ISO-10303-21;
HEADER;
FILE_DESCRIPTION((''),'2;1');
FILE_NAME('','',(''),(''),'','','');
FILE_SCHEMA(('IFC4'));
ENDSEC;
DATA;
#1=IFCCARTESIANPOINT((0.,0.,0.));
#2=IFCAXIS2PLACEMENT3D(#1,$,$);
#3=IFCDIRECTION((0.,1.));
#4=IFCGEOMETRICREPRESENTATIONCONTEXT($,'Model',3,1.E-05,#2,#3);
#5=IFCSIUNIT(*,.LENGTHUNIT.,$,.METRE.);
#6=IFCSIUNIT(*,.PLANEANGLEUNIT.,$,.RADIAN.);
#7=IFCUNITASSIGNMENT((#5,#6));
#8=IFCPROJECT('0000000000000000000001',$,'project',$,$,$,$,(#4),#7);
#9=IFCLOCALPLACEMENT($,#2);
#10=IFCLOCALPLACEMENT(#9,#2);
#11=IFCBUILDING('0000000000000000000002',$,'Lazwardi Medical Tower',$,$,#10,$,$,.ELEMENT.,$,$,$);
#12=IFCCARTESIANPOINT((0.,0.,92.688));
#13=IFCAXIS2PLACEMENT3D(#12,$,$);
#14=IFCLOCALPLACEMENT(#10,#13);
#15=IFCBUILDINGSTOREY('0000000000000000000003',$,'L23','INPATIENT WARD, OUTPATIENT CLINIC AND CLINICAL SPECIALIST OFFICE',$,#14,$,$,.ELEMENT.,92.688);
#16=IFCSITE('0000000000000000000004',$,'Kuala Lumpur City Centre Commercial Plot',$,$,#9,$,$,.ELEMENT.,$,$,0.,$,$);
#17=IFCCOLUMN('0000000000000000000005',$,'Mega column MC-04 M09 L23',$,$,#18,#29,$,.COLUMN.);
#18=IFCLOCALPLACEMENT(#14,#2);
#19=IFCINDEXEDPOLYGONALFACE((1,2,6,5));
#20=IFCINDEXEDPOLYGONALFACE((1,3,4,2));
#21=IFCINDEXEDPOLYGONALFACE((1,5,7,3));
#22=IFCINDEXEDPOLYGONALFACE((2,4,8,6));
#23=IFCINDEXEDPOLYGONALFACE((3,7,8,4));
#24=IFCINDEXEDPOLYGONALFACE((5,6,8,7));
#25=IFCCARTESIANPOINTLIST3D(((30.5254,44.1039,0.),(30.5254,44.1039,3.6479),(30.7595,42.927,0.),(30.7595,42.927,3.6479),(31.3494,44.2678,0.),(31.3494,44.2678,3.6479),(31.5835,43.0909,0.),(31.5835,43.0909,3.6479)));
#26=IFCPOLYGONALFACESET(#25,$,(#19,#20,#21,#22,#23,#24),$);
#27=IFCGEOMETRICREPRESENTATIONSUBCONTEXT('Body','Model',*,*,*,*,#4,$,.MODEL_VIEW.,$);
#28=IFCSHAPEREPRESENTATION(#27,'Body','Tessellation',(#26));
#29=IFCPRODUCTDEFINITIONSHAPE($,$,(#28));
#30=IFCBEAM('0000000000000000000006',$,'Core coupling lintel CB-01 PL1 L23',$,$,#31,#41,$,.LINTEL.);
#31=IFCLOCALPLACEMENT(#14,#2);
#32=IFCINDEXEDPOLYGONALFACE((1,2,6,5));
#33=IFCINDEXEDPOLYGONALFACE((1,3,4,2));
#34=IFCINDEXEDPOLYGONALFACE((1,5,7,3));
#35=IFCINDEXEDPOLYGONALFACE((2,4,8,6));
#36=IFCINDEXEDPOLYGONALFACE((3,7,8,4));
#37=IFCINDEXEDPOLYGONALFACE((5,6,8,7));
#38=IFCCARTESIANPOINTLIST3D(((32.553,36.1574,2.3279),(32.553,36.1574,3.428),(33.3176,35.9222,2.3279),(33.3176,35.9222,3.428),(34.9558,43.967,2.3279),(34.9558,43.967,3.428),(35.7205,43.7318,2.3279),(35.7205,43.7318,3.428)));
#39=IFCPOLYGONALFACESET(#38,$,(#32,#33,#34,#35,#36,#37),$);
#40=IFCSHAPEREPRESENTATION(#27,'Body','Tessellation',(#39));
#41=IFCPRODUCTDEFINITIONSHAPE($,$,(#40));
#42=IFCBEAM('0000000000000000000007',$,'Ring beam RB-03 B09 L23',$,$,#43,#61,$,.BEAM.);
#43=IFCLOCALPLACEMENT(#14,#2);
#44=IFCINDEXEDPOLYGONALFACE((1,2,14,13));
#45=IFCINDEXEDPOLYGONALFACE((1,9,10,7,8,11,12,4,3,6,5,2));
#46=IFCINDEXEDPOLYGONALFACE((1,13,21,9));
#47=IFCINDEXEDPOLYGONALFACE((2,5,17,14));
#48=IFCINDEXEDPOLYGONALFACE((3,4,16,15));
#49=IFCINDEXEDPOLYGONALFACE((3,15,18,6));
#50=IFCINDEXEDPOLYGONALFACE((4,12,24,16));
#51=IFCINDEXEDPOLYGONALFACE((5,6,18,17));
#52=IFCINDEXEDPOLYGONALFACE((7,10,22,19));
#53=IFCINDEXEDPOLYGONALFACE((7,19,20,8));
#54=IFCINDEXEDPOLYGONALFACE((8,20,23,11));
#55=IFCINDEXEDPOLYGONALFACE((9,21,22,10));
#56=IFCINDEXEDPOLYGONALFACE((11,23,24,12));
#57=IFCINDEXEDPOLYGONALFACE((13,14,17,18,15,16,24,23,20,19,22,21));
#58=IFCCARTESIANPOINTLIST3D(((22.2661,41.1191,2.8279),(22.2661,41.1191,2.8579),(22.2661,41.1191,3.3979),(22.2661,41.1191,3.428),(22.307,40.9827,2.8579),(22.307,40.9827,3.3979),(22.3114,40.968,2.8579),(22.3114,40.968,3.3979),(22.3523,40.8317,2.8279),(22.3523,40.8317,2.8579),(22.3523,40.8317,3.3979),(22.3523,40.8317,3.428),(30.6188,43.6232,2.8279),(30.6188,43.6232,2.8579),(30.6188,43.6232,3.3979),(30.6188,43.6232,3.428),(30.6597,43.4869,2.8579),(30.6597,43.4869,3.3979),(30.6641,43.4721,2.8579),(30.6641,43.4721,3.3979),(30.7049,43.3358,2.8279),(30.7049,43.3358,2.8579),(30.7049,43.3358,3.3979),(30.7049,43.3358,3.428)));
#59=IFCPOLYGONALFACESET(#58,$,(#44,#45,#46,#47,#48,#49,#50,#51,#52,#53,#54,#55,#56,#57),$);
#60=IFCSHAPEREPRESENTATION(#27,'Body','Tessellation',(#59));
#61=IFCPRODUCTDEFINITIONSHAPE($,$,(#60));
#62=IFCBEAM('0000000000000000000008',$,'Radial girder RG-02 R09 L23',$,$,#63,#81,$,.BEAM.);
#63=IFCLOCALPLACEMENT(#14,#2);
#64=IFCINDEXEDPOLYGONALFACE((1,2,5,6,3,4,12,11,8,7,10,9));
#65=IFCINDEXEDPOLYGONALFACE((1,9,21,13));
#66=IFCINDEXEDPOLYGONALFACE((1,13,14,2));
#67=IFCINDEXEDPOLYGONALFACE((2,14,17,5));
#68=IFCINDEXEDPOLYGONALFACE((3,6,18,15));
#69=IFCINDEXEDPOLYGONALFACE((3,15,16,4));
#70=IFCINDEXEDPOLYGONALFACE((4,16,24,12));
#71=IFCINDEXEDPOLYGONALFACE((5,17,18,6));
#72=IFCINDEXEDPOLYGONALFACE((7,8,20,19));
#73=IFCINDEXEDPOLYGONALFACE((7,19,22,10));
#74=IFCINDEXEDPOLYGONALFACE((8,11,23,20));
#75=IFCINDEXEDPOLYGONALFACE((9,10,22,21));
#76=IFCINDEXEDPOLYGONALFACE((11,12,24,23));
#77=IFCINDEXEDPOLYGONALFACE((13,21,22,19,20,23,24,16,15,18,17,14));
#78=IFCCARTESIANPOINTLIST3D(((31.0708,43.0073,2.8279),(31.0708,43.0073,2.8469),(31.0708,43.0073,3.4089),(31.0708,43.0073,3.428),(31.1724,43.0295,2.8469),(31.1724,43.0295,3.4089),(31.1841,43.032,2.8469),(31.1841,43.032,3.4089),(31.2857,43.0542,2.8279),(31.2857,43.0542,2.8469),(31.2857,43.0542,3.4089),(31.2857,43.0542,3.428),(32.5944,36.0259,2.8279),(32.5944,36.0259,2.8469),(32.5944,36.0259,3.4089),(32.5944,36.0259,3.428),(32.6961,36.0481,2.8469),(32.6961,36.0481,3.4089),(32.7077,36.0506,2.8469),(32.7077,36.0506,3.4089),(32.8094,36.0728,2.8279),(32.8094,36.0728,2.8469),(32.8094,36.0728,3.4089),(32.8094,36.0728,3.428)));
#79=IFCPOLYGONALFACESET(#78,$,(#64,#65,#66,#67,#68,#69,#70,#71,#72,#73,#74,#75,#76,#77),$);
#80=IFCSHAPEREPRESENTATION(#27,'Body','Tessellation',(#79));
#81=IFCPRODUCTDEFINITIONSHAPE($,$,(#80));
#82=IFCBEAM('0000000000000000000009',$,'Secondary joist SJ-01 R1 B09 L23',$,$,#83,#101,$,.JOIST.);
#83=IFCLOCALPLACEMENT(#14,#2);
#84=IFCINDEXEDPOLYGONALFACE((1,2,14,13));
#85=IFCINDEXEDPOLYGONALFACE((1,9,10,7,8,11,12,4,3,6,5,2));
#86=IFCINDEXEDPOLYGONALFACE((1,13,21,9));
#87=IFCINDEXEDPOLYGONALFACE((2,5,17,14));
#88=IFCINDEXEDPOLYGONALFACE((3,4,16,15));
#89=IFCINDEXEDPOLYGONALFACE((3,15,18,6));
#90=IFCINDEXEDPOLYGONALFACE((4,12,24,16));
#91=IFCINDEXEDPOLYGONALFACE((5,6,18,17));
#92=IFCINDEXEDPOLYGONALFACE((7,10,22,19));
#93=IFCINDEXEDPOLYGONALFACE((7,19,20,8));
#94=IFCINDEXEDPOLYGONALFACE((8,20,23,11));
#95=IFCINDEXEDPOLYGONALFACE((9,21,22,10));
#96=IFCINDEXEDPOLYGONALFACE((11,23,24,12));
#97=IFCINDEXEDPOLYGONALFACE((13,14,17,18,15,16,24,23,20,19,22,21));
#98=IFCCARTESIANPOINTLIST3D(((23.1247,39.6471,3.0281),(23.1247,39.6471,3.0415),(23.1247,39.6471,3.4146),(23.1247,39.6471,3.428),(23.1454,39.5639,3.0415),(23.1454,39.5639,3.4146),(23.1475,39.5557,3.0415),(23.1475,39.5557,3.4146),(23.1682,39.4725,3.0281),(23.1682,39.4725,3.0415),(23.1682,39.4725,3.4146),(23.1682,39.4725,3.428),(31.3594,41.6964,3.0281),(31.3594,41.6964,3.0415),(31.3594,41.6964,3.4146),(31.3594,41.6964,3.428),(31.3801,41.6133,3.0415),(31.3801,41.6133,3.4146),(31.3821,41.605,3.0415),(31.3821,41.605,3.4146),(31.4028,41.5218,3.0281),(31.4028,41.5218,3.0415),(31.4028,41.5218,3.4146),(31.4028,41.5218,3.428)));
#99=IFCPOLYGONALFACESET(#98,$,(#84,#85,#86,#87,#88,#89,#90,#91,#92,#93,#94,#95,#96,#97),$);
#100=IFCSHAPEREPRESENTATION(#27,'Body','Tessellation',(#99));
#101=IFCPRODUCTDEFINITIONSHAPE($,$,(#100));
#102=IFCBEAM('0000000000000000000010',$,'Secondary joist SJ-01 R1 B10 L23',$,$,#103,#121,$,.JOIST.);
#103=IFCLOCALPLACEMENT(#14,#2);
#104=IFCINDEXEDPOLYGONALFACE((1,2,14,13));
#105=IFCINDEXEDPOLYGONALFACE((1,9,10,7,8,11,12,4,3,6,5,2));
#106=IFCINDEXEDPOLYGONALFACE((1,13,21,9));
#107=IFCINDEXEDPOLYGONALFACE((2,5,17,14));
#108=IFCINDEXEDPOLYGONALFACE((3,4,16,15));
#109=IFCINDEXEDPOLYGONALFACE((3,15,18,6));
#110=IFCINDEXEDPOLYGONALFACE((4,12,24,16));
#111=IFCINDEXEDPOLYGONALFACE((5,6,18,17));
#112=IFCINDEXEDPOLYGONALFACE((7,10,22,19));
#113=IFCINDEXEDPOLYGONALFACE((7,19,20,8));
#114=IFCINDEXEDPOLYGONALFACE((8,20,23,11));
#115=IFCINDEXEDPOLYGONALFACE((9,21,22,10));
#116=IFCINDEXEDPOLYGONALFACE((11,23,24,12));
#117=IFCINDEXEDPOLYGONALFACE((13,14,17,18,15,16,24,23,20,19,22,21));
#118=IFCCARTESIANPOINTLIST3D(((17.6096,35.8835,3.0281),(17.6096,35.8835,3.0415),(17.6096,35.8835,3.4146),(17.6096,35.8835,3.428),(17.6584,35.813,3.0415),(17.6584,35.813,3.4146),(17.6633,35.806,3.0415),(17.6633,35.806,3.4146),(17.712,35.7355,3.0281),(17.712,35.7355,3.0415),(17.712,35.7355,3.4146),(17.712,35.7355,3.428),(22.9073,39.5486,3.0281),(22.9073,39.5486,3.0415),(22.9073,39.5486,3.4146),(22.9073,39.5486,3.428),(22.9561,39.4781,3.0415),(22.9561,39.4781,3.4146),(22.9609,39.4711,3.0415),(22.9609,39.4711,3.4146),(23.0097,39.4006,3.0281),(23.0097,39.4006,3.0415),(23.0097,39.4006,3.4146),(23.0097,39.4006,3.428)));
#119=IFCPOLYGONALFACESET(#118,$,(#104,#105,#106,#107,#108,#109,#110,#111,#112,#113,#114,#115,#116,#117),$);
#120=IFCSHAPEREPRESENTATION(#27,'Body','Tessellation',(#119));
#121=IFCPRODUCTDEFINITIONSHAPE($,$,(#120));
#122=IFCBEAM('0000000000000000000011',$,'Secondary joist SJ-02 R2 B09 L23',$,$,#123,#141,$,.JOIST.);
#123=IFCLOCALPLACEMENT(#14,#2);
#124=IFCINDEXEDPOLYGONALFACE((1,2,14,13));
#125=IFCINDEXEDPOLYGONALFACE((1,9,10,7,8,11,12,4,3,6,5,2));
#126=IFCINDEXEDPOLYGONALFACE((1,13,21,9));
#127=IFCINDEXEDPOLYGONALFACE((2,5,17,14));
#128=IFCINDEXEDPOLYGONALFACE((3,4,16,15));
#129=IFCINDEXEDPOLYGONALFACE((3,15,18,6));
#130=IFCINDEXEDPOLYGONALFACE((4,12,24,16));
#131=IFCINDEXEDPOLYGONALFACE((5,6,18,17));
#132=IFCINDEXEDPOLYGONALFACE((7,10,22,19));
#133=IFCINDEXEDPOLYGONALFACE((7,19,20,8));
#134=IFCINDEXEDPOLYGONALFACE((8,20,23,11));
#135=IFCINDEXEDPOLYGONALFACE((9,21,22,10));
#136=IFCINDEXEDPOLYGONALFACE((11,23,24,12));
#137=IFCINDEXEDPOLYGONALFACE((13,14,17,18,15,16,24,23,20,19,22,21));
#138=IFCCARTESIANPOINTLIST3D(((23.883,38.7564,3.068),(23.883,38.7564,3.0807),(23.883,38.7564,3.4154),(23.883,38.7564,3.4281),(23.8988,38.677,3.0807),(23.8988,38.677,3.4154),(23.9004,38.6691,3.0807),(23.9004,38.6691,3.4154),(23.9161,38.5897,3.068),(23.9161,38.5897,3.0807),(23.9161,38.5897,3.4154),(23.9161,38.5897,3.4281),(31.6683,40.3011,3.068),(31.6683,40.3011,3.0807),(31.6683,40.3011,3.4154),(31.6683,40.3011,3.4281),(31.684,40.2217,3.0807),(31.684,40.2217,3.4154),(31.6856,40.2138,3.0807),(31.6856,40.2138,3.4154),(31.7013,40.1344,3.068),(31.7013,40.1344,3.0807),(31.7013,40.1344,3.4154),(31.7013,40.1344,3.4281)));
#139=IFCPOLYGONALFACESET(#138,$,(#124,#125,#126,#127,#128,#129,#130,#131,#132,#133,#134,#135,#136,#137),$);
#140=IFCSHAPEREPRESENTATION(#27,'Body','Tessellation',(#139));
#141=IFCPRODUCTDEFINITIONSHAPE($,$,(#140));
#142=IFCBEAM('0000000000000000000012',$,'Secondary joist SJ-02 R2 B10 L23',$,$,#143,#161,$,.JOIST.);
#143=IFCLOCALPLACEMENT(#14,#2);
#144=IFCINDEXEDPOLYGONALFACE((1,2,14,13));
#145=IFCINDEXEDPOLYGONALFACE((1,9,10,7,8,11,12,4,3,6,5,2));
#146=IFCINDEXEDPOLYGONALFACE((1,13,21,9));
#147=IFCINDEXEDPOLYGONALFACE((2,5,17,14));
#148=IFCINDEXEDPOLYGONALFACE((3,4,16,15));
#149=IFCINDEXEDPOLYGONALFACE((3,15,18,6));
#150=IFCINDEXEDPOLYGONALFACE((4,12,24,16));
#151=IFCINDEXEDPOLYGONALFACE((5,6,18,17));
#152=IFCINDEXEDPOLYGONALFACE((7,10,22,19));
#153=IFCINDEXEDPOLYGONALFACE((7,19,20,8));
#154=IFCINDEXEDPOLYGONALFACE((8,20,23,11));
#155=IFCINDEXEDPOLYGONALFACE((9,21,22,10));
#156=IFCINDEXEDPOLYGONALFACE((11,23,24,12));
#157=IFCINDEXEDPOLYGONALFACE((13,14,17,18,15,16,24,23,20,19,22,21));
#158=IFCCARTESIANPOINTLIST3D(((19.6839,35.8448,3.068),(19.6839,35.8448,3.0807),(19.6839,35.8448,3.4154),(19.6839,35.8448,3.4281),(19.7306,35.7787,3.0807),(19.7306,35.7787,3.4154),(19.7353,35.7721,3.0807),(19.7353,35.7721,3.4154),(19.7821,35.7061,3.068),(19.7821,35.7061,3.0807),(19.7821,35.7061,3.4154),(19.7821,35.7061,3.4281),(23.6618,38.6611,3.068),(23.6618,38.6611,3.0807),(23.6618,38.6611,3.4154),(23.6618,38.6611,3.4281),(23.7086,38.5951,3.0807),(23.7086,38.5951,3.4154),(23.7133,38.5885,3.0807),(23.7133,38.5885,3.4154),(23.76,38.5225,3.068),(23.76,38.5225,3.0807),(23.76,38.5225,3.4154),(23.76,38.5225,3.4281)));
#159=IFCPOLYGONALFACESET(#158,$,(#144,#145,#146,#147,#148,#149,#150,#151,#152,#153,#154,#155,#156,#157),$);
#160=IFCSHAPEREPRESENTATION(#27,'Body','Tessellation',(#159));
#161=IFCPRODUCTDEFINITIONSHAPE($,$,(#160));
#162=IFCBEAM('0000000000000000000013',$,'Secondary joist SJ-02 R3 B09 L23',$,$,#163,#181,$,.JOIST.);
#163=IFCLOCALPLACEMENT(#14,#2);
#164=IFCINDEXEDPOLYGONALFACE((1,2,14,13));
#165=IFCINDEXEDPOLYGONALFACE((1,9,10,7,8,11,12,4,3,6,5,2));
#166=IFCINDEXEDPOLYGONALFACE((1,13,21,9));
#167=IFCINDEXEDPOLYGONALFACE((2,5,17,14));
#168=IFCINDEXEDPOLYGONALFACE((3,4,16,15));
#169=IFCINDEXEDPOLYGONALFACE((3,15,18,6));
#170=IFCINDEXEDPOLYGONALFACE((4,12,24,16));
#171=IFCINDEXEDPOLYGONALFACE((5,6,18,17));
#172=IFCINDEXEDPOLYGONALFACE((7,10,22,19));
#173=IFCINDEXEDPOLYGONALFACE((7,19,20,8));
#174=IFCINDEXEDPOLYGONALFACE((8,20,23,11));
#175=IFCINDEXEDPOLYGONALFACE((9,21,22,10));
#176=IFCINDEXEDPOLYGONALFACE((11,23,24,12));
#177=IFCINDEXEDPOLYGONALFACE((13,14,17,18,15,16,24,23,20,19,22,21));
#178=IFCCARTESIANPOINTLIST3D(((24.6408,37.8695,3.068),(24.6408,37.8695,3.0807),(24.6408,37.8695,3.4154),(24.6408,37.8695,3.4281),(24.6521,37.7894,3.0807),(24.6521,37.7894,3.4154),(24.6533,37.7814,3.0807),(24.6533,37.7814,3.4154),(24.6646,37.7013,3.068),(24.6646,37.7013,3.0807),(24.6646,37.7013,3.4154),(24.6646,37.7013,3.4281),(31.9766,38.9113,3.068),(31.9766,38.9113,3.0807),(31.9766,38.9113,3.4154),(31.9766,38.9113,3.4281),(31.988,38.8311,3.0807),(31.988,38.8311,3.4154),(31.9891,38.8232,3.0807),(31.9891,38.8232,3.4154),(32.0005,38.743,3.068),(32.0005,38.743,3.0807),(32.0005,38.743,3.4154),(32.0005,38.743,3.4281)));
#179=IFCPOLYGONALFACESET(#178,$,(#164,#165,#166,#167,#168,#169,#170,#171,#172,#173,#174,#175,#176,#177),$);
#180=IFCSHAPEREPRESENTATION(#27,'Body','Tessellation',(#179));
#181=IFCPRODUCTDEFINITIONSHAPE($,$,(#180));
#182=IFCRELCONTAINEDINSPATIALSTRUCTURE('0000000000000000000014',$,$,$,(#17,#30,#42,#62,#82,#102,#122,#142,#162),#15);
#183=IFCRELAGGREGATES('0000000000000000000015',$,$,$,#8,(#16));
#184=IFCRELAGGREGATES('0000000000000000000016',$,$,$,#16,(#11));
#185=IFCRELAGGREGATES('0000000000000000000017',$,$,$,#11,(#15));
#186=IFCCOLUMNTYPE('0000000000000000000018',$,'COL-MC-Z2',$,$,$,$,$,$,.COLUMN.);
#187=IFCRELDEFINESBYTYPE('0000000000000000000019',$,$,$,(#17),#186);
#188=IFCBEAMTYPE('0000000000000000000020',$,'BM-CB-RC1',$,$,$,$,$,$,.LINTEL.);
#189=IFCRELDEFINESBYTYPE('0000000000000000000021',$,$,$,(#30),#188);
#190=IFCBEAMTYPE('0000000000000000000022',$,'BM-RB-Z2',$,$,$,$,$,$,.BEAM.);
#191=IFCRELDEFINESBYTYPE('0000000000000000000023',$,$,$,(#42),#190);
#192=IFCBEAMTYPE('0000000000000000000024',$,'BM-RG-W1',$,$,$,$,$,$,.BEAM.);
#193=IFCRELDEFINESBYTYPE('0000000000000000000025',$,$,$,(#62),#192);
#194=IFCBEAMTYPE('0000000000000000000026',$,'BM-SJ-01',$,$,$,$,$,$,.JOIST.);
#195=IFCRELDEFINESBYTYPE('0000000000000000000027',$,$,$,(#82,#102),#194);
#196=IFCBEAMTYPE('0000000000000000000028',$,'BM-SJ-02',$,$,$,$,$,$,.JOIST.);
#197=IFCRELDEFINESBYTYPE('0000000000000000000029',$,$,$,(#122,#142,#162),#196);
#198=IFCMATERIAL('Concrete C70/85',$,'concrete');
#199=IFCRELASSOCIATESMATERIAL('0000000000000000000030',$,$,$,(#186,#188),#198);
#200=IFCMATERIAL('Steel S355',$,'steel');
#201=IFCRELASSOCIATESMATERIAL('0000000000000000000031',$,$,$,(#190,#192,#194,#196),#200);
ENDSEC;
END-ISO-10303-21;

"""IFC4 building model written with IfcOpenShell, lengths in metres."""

from ifc_helpers import new_model, si_unit, direction, frame, origin, origin_2d, place, context, subcontext, project, spatial, rectangle, i_section, extrude, material, material_profile, profile_set, type_object, element, save


model = new_model("IFC4")

# Units and contexts
model_context = context("Model", 3, precision=1e-05, world=origin(), true_north=direction((0.0, 1.0)))
body_context = subcontext(model_context, "Body", "Model", "MODEL_VIEW")
ifc_project = project(units=[si_unit("LENGTHUNIT", "METRE"), si_unit("PLANEANGLEUNIT", "RADIAN")], contexts=[model_context])

# Site, building, storey
site_placement = place(None, origin())
site = spatial("IfcSite", under=ifc_project, at=site_placement, Name="Kuala Lumpur City Centre Commercial Plot", CompositionType="ELEMENT", RefElevation=0.0)
building_placement = place(site_placement, origin())
building = spatial("IfcBuilding", under=site, at=building_placement, Name="Lazwardi Medical Tower", CompositionType="ELEMENT")
storey_placement = place(building_placement, frame((0.0, 0.0, 92.688)))
storey = spatial("IfcBuildingStorey", under=building, at=storey_placement, Name="L23", Description="INPATIENT WARD, OUTPATIENT CLINIC AND CLINICAL SPECIALIST OFFICE", CompositionType="ELEMENT", Elevation=92.688)

# Column
ifc_material_1 = material(Name="Concrete C70/85", Category="concrete")
ifc_material_profile_1 = material_profile(ifc_material_1, rectangle(XDim=1.2, YDim=0.8401, at=origin_2d()), Name="CFT-RECT 1200x840")
ifc_profile_set_1 = profile_set([ifc_material_profile_1], Name="Concrete C70/85")
column_type = type_object("IfcColumnType", Name="COL-MC-Z2", PredefinedType="COLUMN", material=ifc_profile_set_1)
column_placement = place(storey_placement, frame((31.0544, 43.5974, 0.0), z_axis=(0.0, 0.0, 1.0), x_axis=(-0.19509, 0.980785, 0.0)))
element("IfcColumn", 1, at=column_placement, inside=storey, type_object=column_type, Name="Mega column MC-04 M09 L23", PredefinedType="COLUMN", context=body_context, shape_type="SweptSolid", body=[
    extrude(rectangle(XDim=1.2, YDim=0.8401, at=origin_2d()), origin(), (0.0, 0.0, 1.0), 3.6479),
])

# Beams
ifc_material_profile_2 = material_profile(ifc_material_1, rectangle(XDim=0.8, YDim=1.1001, at=origin_2d()), Name="RC 800x1100")
ifc_profile_set_2 = profile_set([ifc_material_profile_2], Name="Concrete C70/85")
beam_type_1 = type_object("IfcBeamType", Name="BM-CB-RC1", PredefinedType="LINTEL", material=ifc_profile_set_2)
beam_1_placement = place(storey_placement, frame((32.9353, 36.0398, 2.8779), z_axis=(0.294073, 0.955783, 0.0), x_axis=(-0.955783, 0.294073, 0.0)))
element("IfcBeam", 2, at=beam_1_placement, inside=storey, type_object=beam_type_1, Name="Core coupling lintel CB-01 PL1 L23", PredefinedType="LINTEL", context=body_context, shape_type="SweptSolid", body=[
    extrude(rectangle(XDim=0.8, YDim=1.1001, at=origin_2d()), origin(), (0.0, 0.0, 1.0), 8.1709),
])
ifc_material_2 = material(Name="Steel S355", Category="steel")
ifc_material_profile_3 = material_profile(ifc_material_2, i_section(OverallWidth=0.3, OverallDepth=0.6001, WebThickness=0.0154, FlangeThickness=0.03, at=origin_2d()), Name="HEB 600")
ifc_profile_set_3 = profile_set([ifc_material_profile_3], Name="Steel S355")
beam_type_2 = type_object("IfcBeamType", Name="BM-RB-Z2", PredefinedType="BEAM", material=ifc_profile_set_3)
beam_2_placement = place(storey_placement, frame((30.6619, 43.4795, 3.1279), z_axis=(-0.957879, -0.287171, 0.0), x_axis=(0.287171, -0.957879, 0.0)))
element("IfcBeam", 3, at=beam_2_placement, inside=storey, type_object=beam_type_2, Name="Ring beam RB-03 B09 L23", PredefinedType="BEAM", context=body_context, shape_type="SweptSolid", body=[
    extrude(i_section(OverallWidth=0.3, OverallDepth=0.6001, WebThickness=0.0154, FlangeThickness=0.03, at=origin_2d()), origin(), (0.0, 0.0, 1.0), 8.72),
])
ifc_material_profile_4 = material_profile(ifc_material_2, i_section(OverallWidth=0.22, OverallDepth=0.6001, WebThickness=0.012, FlangeThickness=0.019, at=origin_2d()), Name="IPE 600")
ifc_profile_set_4 = profile_set([ifc_material_profile_4], Name="Steel S355")
beam_type_3 = type_object("IfcBeamType", Name="BM-RG-W1", PredefinedType="BEAM", material=ifc_profile_set_4)
beam_3_placement = place(storey_placement, frame((31.1782, 43.0308, 3.1279), z_axis=(0.213228, -0.977002, 0.0), x_axis=(0.977002, 0.213228, 0.0)))
element("IfcBeam", 4, at=beam_3_placement, inside=storey, type_object=beam_type_3, Name="Radial girder RG-02 R09 L23", PredefinedType="BEAM", context=body_context, shape_type="SweptSolid", body=[
    extrude(i_section(OverallWidth=0.22, OverallDepth=0.6001, WebThickness=0.012, FlangeThickness=0.019, at=origin_2d()), origin(), (0.0, 0.0, 1.0), 7.1458),
])
ifc_material_profile_5 = material_profile(ifc_material_2, i_section(OverallWidth=0.1799, OverallDepth=0.3999, WebThickness=0.0085, FlangeThickness=0.0134, at=origin_2d()), Name="IPE 400")
ifc_profile_set_5 = profile_set([ifc_material_profile_5], Name="Steel S355")
beam_type_4 = type_object("IfcBeamType", Name="BM-SJ-01", PredefinedType="JOIST", material=ifc_profile_set_5)
beam_4_placement = place(storey_placement, frame((31.3811, 41.6091, 3.228), z_axis=(-0.970401, -0.2415, 0.0), x_axis=(0.2415, -0.970401, 0.0)))
element("IfcBeam", 5, at=beam_4_placement, inside=storey, type_object=beam_type_4, Name="Secondary joist SJ-01 R1 B09 L23", PredefinedType="JOIST", context=body_context, shape_type="SweptSolid", body=[
    extrude(i_section(OverallWidth=0.1799, OverallDepth=0.3999, WebThickness=0.0085, FlangeThickness=0.0134, at=origin_2d()), origin(), (0.0, 0.0, 1.0), 8.4858),
])
beam_5_placement = place(storey_placement, frame((22.9585, 39.4746, 3.228), z_axis=(-0.822376, -0.568944, 0.0), x_axis=(0.568944, -0.822376, 0.0)))
element("IfcBeam", 6, at=beam_5_placement, inside=storey, type_object=beam_type_4, Name="Secondary joist SJ-01 R1 B10 L23", PredefinedType="JOIST", context=body_context, shape_type="SweptSolid", body=[
    extrude(i_section(OverallWidth=0.1799, OverallDepth=0.3999, WebThickness=0.0085, FlangeThickness=0.0134, at=origin_2d()), origin(), (0.0, 0.0, 1.0), 6.4419),
])
ifc_material_profile_6 = material_profile(ifc_material_2, i_section(OverallWidth=0.1699, OverallDepth=0.3601, WebThickness=0.0081, FlangeThickness=0.0127, at=origin_2d()), Name="IPE 360")
ifc_profile_set_6 = profile_set([ifc_material_profile_6], Name="Steel S355")
beam_type_5 = type_object("IfcBeamType", Name="BM-SJ-02", PredefinedType="JOIST", material=ifc_profile_set_6)
beam_6_placement = place(storey_placement, frame((31.6848, 40.2178, 3.248), z_axis=(-0.980879, -0.194619, 0.0), x_axis=(0.194619, -0.980879, 0.0)))
element("IfcBeam", 7, at=beam_6_placement, inside=storey, type_object=beam_type_5, Name="Secondary joist SJ-02 R2 B09 L23", PredefinedType="JOIST", context=body_context, shape_type="SweptSolid", body=[
    extrude(i_section(OverallWidth=0.1699, OverallDepth=0.3601, WebThickness=0.0081, FlangeThickness=0.0127, at=origin_2d()), origin(), (0.0, 0.0, 1.0), 7.937),
])
beam_7_placement = place(storey_placement, frame((23.7109, 38.5918, 3.248), z_axis=(-0.816156, -0.577831, 0.0), x_axis=(0.577831, -0.816156, 0.0)))
element("IfcBeam", 8, at=beam_7_placement, inside=storey, type_object=beam_type_5, Name="Secondary joist SJ-02 R2 B10 L23", PredefinedType="JOIST", context=body_context, shape_type="SweptSolid", body=[
    extrude(i_section(OverallWidth=0.1699, OverallDepth=0.3601, WebThickness=0.0081, FlangeThickness=0.0127, at=origin_2d()), origin(), (0.0, 0.0, 1.0), 4.874),
])
beam_8_placement = place(storey_placement, frame((31.9885, 38.8271, 3.248), z_axis=(-0.990067, -0.140596, 0.0), x_axis=(0.140596, -0.990067, 0.0)))
element("IfcBeam", 9, at=beam_8_placement, inside=storey, type_object=beam_type_5, Name="Secondary joist SJ-02 R3 B09 L23", PredefinedType="JOIST", context=body_context, shape_type="SweptSolid", body=[
    extrude(i_section(OverallWidth=0.1699, OverallDepth=0.3601, WebThickness=0.0081, FlangeThickness=0.0127, at=origin_2d()), origin(), (0.0, 0.0, 1.0), 7.4094),
])

save(model, "model.ifc")
